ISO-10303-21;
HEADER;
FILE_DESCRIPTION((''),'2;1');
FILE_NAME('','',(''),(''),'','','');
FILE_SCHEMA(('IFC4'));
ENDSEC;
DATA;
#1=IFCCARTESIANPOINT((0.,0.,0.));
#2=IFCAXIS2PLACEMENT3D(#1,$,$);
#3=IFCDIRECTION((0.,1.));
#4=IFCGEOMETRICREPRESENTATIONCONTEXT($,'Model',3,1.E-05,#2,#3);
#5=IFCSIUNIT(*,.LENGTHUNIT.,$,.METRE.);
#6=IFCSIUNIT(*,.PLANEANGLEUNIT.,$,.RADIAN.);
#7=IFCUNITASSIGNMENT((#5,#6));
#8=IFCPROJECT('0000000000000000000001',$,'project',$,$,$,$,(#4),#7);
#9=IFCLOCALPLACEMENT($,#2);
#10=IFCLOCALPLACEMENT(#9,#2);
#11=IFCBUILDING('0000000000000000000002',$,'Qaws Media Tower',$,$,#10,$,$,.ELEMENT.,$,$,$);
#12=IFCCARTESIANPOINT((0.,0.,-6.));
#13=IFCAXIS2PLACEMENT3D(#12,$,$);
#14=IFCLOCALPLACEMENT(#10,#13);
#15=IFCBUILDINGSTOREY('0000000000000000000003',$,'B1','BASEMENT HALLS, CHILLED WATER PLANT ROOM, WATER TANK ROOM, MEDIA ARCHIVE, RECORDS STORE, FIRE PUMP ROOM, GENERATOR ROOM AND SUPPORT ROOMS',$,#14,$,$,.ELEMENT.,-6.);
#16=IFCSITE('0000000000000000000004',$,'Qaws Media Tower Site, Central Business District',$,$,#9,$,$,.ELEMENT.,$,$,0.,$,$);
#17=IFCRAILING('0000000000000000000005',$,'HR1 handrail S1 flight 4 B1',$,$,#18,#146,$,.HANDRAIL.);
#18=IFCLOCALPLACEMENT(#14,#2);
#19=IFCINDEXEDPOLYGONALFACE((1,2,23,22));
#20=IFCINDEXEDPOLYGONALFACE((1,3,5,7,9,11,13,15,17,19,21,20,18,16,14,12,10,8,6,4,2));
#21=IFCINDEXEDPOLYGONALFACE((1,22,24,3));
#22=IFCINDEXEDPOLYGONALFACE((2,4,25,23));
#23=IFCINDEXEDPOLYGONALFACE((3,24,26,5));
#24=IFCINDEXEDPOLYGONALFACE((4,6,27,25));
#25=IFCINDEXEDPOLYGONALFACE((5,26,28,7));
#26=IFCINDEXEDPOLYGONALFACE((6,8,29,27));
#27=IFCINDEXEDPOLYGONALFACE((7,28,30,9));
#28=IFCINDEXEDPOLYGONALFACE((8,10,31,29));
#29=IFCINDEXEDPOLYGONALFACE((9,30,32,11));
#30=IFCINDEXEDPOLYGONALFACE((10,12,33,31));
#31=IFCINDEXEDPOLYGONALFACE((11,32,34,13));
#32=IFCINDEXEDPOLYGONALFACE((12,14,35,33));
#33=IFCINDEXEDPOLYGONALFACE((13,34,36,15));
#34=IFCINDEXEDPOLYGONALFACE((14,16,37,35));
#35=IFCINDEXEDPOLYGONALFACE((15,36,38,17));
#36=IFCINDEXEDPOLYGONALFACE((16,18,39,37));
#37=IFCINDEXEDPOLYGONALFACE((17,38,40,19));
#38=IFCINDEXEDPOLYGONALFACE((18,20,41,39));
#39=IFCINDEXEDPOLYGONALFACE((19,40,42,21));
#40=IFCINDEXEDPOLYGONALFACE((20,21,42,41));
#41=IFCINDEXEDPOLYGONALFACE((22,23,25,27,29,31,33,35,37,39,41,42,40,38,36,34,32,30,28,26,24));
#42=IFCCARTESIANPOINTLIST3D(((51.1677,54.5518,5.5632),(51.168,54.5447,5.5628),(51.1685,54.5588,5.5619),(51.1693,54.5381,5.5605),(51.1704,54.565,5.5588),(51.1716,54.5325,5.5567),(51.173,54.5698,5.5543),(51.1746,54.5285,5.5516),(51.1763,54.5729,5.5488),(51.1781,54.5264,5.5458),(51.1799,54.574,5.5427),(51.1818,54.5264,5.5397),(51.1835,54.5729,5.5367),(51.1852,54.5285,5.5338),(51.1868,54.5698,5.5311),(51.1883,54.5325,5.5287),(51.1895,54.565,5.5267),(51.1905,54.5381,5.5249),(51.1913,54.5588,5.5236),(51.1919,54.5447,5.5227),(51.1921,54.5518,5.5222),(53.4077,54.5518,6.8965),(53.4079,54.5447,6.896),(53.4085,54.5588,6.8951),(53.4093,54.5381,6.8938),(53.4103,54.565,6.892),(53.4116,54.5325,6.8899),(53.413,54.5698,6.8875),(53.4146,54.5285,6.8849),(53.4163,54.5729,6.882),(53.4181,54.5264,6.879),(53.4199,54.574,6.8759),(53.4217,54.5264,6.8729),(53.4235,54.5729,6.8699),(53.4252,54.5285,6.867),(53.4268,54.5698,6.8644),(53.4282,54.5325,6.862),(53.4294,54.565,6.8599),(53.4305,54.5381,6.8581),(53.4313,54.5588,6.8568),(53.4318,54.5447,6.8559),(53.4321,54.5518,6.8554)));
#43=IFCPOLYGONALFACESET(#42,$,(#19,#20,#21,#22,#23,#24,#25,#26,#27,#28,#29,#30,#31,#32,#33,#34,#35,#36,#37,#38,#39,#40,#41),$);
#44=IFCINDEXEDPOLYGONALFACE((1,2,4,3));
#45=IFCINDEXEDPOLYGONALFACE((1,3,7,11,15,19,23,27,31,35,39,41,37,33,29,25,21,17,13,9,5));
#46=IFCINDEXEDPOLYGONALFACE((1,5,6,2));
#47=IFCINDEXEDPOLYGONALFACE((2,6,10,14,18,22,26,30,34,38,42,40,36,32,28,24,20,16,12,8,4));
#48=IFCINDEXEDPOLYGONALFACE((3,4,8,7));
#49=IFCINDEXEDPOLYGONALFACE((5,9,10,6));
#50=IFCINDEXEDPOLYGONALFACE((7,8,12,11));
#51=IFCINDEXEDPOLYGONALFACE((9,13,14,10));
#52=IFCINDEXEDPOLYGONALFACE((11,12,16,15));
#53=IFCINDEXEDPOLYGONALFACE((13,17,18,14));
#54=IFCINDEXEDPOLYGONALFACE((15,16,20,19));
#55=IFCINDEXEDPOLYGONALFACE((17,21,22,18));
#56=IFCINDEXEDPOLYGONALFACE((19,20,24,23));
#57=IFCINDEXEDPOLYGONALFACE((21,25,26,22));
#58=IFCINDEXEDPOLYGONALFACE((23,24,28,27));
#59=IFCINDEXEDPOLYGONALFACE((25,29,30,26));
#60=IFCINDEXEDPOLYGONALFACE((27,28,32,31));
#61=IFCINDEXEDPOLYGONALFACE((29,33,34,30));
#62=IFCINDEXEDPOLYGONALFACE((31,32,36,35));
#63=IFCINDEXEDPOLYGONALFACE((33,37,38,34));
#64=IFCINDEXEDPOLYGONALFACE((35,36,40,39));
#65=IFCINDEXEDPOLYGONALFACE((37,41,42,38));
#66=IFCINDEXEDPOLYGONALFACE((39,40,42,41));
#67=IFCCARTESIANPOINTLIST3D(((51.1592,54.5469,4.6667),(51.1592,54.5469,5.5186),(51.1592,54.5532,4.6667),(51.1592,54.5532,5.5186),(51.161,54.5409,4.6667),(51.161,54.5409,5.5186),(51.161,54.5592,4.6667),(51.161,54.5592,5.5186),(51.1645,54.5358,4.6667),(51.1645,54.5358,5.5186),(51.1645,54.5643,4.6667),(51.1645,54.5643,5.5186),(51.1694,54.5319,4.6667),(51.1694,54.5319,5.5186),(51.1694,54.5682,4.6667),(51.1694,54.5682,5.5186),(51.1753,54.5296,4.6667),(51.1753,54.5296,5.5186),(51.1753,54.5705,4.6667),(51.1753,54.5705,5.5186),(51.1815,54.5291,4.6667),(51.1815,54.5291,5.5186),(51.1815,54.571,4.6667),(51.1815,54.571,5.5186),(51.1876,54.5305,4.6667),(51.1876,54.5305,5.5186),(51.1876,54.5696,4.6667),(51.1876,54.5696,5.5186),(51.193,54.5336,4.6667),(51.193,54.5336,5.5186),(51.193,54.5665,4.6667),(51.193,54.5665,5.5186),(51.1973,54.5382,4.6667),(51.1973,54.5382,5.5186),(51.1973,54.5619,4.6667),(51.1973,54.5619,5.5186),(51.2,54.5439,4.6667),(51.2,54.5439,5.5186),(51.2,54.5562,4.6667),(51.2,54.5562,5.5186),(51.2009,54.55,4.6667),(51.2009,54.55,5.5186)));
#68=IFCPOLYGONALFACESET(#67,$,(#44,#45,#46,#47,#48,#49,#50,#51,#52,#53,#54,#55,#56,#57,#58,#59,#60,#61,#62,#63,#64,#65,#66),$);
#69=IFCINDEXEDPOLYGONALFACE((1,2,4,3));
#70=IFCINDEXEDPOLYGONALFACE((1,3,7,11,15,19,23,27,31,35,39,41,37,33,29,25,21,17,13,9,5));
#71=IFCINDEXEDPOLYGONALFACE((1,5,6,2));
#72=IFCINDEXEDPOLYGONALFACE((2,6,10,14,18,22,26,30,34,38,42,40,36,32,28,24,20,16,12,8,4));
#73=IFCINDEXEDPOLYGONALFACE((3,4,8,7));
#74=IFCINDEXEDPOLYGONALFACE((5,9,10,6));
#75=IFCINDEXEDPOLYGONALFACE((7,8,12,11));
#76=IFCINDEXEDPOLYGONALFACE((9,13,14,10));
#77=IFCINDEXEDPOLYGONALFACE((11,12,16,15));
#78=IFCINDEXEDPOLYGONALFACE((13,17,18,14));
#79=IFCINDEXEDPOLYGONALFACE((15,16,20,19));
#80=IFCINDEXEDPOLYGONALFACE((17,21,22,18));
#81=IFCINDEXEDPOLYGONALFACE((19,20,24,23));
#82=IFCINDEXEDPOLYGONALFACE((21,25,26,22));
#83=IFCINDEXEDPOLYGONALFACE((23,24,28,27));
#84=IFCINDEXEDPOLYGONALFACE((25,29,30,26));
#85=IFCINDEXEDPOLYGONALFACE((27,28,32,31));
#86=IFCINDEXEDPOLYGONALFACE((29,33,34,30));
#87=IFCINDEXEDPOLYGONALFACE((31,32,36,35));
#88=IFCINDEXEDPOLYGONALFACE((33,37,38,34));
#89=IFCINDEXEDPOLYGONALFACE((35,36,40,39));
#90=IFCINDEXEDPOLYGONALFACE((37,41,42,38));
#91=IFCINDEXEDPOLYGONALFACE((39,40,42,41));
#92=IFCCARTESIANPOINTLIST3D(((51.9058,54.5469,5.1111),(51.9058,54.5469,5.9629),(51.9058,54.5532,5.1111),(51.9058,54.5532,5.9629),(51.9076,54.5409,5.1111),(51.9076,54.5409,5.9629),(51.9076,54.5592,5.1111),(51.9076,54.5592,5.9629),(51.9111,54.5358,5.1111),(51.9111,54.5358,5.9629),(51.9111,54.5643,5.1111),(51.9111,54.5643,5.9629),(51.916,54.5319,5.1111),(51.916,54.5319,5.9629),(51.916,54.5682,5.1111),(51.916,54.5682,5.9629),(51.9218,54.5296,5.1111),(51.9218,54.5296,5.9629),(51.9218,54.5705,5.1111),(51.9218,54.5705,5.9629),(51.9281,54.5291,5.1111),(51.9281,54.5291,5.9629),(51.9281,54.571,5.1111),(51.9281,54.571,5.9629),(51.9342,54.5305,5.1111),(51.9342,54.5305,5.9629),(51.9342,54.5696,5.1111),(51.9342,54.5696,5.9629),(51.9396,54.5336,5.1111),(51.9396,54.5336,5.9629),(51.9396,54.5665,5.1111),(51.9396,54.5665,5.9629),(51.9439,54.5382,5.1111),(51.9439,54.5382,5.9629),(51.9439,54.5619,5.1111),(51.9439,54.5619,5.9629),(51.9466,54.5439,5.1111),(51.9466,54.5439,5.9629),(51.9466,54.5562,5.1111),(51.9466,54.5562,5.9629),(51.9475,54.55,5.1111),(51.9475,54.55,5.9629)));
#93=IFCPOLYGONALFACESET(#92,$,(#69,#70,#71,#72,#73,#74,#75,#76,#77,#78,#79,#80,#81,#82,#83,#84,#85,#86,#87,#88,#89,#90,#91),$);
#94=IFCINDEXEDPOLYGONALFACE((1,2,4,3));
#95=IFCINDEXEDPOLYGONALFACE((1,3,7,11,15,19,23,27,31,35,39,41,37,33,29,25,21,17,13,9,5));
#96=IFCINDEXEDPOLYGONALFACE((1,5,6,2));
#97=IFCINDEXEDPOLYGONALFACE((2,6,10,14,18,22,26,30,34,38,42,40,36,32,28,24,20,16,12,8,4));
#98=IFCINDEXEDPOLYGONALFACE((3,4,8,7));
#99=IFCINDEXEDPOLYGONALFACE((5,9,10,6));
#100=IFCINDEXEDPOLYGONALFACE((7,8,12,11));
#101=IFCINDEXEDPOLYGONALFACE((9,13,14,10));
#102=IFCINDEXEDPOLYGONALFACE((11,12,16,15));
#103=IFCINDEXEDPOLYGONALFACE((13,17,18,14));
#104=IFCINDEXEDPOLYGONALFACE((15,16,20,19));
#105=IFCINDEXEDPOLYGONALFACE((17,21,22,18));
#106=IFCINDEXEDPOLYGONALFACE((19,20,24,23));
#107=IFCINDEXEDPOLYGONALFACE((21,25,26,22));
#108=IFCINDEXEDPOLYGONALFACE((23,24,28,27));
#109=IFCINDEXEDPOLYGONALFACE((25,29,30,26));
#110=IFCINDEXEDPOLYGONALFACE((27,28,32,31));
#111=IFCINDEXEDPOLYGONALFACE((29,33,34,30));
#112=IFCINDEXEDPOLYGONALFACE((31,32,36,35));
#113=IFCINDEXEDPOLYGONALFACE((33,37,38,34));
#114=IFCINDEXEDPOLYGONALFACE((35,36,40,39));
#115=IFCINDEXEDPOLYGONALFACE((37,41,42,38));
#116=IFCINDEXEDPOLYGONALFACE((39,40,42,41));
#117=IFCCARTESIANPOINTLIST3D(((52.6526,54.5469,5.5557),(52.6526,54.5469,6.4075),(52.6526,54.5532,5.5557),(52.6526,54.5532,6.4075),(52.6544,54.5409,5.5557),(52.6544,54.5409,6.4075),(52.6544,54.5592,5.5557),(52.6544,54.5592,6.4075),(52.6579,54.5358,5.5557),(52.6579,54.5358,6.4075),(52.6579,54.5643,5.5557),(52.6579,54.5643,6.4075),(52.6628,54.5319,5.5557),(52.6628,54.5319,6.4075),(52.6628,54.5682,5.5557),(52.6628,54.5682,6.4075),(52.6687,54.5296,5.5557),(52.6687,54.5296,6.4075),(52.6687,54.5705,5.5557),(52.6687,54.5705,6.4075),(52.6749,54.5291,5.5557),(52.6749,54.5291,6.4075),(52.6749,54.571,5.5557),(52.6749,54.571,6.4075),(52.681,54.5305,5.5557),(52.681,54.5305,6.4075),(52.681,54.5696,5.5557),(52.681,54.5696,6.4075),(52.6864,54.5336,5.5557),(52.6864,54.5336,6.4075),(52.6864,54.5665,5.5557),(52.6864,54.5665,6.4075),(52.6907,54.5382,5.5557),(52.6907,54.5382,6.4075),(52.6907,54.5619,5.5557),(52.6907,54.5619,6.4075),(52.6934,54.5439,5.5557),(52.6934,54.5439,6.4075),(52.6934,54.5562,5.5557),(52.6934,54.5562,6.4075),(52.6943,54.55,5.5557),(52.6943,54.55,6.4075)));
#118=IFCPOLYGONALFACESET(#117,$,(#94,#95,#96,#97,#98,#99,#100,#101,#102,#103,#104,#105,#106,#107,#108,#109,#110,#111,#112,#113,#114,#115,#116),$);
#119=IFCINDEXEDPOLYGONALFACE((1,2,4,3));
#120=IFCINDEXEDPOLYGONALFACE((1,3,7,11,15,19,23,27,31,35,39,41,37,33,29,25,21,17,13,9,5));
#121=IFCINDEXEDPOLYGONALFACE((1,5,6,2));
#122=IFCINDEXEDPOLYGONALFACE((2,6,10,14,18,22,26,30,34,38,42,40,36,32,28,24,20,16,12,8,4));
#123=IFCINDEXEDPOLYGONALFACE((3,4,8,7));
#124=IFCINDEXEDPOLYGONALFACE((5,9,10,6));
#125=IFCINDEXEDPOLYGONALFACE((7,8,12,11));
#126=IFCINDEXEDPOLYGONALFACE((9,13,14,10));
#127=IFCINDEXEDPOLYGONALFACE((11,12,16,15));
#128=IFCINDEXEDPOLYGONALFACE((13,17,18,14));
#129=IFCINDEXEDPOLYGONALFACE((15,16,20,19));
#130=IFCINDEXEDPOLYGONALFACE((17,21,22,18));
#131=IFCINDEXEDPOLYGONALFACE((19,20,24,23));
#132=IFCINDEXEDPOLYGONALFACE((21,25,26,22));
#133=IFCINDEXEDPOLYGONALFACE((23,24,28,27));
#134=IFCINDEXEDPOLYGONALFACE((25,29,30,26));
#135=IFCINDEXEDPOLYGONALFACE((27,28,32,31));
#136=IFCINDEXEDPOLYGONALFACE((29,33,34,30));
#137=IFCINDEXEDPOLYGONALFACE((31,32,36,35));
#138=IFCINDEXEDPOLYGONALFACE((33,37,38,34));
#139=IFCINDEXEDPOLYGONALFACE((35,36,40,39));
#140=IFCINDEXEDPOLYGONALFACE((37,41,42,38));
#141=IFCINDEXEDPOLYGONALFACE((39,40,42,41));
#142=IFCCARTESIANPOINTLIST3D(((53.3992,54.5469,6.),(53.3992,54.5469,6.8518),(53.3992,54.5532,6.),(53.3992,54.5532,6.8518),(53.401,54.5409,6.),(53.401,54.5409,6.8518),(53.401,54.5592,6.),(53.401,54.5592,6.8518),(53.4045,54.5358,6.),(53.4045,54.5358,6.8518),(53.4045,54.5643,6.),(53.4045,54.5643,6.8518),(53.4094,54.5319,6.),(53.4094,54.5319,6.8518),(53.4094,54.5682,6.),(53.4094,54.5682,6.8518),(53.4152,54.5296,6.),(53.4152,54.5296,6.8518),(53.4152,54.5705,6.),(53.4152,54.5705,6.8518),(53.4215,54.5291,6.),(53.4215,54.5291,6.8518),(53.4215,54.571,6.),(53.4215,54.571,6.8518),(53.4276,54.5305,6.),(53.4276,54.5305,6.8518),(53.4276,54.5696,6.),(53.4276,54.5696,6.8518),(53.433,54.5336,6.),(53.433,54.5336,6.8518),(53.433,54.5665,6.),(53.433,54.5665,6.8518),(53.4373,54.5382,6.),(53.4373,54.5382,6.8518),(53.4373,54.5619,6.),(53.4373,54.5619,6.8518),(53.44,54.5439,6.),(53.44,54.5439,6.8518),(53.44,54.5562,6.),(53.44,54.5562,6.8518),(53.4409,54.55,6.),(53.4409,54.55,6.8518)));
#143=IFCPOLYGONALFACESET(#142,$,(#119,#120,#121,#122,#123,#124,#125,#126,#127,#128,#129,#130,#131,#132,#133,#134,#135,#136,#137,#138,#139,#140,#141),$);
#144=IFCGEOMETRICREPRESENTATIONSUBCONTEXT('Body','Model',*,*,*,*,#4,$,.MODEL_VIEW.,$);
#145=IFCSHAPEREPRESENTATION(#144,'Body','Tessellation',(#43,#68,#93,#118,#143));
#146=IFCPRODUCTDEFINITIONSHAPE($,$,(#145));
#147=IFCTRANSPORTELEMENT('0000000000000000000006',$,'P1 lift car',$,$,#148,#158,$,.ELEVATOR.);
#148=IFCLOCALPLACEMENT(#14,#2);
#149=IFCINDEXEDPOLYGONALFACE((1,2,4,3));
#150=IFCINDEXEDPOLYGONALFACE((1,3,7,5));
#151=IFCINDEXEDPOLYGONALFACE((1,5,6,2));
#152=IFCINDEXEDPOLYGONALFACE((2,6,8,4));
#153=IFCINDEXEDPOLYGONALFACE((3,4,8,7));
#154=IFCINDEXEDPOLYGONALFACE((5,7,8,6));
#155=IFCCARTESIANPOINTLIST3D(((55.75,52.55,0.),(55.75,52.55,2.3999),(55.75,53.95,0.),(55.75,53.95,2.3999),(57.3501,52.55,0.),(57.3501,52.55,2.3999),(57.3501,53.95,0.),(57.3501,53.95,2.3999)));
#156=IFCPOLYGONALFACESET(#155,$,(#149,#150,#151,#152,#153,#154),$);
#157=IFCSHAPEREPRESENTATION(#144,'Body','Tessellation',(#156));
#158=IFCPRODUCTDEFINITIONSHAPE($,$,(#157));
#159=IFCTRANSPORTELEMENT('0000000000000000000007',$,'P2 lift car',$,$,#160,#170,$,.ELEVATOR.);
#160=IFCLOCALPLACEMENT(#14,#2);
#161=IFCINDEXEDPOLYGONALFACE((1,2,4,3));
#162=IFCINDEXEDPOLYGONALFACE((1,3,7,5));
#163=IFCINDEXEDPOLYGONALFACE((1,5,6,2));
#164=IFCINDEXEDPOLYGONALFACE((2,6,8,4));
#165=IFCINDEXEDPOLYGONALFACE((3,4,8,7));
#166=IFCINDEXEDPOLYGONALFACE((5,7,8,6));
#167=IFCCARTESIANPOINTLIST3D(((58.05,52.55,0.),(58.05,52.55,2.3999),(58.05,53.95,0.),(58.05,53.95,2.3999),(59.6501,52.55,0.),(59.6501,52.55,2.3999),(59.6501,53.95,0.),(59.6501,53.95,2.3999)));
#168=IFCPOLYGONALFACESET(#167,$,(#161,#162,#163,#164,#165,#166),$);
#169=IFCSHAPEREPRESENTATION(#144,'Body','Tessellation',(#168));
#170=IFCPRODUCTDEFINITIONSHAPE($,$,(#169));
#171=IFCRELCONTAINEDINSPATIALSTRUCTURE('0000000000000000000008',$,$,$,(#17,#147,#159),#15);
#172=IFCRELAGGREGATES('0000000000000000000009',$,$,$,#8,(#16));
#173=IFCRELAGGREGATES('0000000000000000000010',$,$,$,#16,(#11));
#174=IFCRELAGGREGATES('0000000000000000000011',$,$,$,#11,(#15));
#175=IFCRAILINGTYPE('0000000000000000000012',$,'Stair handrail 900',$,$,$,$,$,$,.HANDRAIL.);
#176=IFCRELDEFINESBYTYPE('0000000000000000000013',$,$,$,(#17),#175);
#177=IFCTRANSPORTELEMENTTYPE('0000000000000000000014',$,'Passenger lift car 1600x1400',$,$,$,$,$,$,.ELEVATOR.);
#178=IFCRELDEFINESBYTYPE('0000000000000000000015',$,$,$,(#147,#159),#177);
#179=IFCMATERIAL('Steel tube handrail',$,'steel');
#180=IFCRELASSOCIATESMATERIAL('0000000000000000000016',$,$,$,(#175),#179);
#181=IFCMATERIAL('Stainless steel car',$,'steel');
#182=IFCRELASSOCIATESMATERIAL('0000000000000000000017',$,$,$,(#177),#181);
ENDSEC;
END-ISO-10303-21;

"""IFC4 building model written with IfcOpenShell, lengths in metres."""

from ifc_helpers import new_model, si_unit, direction, frame, origin, origin_2d, place, context, subcontext, project, spatial, rectangle, circle, extrude, material, type_object, element, save


model = new_model("IFC4")

# Units and contexts
model_context = context("Model", 3, precision=1e-05, world=origin(), true_north=direction((0.0, 1.0)))
body_context = subcontext(model_context, "Body", "Model", "MODEL_VIEW")
ifc_project = project(units=[si_unit("LENGTHUNIT", "METRE"), si_unit("PLANEANGLEUNIT", "RADIAN")], contexts=[model_context])

# Site, building, storey
site_placement = place(None, origin())
site = spatial("IfcSite", under=ifc_project, at=site_placement, Name="Qaws Media Tower Site, Central Business District", CompositionType="ELEMENT", RefElevation=0.0)
building_placement = place(site_placement, origin())
building = spatial("IfcBuilding", under=site, at=building_placement, Name="Qaws Media Tower", CompositionType="ELEMENT")
storey_placement = place(building_placement, frame((0.0, 0.0, -6.0)))
storey = spatial("IfcBuildingStorey", under=building, at=storey_placement, Name="B1", Description="BASEMENT HALLS, CHILLED WATER PLANT ROOM, WATER TANK ROOM, MEDIA ARCHIVE, RECORDS STORE, FIRE PUMP ROOM, GENERATOR ROOM AND SUPPORT ROOMS", CompositionType="ELEMENT", Elevation=-6.0)

# Railing
ifc_material_1 = material(Name="Steel tube handrail", Category="steel")
railing_type = type_object("IfcRailingType", Name="Stair handrail 900", PredefinedType="HANDRAIL", material=ifc_material_1)
railing_1_placement = place(storey_placement, frame((51.1799, 54.55, 4.6667)))
element("IfcRailing", 1, at=railing_1_placement, inside=storey, type_object=railing_type, Name="HR1 handrail S1 flight 4 B1", PredefinedType="HANDRAIL", context=body_context, shape_type="SweptSolid", body=[
    extrude(circle(Radius=0.0239, at=origin_2d()), frame((0.0, 0.0, 0.876), z_axis=(0.859306, 0.0, 0.511462), x_axis=(0.0, 1.0, 0.0)), (0.0, 0.0, 1.0), 2.6067),
    extrude(circle(Radius=0.021, at=origin_2d()), origin(), (0.0, 0.0, 1.0), 0.8518),
    extrude(circle(Radius=0.021, at=origin_2d()), frame((0.7466, 0.0, 0.4443)), (0.0, 0.0, 1.0), 0.8518),
    extrude(circle(Radius=0.021, at=origin_2d()), frame((1.4934, 0.0, 0.8889)), (0.0, 0.0, 1.0), 0.8518),
    extrude(circle(Radius=0.021, at=origin_2d()), frame((2.24, 0.0, 1.3333)), (0.0, 0.0, 1.0), 0.8518),
])

# Transport elements
ifc_material_2 = material(Name="Stainless steel car", Category="steel")
transport_element_type = type_object("IfcTransportElementType", Name="Passenger lift car 1600x1400", PredefinedType="ELEVATOR", material=ifc_material_2)
for number, where, z_axis, x_axis, name in (
    (2, (56.55, 53.25, 0.0), (0.0, 0.0, 1.0), (1.0, 0.0, 0.0), "P1 lift car"),
    (3, (58.8501, 53.25, 0.0), (0.0, 0.0, 1.0), (1.0, 0.0, 0.0), "P2 lift car"),
):
    element("IfcTransportElement", number, at=place(storey_placement, frame(where, z_axis=z_axis, x_axis=x_axis)), inside=storey, type_object=transport_element_type, Name=name, PredefinedType="ELEVATOR", context=body_context, shape_type="SweptSolid", body=[
        extrude(rectangle(XDim=1.6001, YDim=1.3999, at=origin_2d()), origin(), (0.0, 0.0, 1.0), 2.3999),
    ])

save(model, "model.ifc")
